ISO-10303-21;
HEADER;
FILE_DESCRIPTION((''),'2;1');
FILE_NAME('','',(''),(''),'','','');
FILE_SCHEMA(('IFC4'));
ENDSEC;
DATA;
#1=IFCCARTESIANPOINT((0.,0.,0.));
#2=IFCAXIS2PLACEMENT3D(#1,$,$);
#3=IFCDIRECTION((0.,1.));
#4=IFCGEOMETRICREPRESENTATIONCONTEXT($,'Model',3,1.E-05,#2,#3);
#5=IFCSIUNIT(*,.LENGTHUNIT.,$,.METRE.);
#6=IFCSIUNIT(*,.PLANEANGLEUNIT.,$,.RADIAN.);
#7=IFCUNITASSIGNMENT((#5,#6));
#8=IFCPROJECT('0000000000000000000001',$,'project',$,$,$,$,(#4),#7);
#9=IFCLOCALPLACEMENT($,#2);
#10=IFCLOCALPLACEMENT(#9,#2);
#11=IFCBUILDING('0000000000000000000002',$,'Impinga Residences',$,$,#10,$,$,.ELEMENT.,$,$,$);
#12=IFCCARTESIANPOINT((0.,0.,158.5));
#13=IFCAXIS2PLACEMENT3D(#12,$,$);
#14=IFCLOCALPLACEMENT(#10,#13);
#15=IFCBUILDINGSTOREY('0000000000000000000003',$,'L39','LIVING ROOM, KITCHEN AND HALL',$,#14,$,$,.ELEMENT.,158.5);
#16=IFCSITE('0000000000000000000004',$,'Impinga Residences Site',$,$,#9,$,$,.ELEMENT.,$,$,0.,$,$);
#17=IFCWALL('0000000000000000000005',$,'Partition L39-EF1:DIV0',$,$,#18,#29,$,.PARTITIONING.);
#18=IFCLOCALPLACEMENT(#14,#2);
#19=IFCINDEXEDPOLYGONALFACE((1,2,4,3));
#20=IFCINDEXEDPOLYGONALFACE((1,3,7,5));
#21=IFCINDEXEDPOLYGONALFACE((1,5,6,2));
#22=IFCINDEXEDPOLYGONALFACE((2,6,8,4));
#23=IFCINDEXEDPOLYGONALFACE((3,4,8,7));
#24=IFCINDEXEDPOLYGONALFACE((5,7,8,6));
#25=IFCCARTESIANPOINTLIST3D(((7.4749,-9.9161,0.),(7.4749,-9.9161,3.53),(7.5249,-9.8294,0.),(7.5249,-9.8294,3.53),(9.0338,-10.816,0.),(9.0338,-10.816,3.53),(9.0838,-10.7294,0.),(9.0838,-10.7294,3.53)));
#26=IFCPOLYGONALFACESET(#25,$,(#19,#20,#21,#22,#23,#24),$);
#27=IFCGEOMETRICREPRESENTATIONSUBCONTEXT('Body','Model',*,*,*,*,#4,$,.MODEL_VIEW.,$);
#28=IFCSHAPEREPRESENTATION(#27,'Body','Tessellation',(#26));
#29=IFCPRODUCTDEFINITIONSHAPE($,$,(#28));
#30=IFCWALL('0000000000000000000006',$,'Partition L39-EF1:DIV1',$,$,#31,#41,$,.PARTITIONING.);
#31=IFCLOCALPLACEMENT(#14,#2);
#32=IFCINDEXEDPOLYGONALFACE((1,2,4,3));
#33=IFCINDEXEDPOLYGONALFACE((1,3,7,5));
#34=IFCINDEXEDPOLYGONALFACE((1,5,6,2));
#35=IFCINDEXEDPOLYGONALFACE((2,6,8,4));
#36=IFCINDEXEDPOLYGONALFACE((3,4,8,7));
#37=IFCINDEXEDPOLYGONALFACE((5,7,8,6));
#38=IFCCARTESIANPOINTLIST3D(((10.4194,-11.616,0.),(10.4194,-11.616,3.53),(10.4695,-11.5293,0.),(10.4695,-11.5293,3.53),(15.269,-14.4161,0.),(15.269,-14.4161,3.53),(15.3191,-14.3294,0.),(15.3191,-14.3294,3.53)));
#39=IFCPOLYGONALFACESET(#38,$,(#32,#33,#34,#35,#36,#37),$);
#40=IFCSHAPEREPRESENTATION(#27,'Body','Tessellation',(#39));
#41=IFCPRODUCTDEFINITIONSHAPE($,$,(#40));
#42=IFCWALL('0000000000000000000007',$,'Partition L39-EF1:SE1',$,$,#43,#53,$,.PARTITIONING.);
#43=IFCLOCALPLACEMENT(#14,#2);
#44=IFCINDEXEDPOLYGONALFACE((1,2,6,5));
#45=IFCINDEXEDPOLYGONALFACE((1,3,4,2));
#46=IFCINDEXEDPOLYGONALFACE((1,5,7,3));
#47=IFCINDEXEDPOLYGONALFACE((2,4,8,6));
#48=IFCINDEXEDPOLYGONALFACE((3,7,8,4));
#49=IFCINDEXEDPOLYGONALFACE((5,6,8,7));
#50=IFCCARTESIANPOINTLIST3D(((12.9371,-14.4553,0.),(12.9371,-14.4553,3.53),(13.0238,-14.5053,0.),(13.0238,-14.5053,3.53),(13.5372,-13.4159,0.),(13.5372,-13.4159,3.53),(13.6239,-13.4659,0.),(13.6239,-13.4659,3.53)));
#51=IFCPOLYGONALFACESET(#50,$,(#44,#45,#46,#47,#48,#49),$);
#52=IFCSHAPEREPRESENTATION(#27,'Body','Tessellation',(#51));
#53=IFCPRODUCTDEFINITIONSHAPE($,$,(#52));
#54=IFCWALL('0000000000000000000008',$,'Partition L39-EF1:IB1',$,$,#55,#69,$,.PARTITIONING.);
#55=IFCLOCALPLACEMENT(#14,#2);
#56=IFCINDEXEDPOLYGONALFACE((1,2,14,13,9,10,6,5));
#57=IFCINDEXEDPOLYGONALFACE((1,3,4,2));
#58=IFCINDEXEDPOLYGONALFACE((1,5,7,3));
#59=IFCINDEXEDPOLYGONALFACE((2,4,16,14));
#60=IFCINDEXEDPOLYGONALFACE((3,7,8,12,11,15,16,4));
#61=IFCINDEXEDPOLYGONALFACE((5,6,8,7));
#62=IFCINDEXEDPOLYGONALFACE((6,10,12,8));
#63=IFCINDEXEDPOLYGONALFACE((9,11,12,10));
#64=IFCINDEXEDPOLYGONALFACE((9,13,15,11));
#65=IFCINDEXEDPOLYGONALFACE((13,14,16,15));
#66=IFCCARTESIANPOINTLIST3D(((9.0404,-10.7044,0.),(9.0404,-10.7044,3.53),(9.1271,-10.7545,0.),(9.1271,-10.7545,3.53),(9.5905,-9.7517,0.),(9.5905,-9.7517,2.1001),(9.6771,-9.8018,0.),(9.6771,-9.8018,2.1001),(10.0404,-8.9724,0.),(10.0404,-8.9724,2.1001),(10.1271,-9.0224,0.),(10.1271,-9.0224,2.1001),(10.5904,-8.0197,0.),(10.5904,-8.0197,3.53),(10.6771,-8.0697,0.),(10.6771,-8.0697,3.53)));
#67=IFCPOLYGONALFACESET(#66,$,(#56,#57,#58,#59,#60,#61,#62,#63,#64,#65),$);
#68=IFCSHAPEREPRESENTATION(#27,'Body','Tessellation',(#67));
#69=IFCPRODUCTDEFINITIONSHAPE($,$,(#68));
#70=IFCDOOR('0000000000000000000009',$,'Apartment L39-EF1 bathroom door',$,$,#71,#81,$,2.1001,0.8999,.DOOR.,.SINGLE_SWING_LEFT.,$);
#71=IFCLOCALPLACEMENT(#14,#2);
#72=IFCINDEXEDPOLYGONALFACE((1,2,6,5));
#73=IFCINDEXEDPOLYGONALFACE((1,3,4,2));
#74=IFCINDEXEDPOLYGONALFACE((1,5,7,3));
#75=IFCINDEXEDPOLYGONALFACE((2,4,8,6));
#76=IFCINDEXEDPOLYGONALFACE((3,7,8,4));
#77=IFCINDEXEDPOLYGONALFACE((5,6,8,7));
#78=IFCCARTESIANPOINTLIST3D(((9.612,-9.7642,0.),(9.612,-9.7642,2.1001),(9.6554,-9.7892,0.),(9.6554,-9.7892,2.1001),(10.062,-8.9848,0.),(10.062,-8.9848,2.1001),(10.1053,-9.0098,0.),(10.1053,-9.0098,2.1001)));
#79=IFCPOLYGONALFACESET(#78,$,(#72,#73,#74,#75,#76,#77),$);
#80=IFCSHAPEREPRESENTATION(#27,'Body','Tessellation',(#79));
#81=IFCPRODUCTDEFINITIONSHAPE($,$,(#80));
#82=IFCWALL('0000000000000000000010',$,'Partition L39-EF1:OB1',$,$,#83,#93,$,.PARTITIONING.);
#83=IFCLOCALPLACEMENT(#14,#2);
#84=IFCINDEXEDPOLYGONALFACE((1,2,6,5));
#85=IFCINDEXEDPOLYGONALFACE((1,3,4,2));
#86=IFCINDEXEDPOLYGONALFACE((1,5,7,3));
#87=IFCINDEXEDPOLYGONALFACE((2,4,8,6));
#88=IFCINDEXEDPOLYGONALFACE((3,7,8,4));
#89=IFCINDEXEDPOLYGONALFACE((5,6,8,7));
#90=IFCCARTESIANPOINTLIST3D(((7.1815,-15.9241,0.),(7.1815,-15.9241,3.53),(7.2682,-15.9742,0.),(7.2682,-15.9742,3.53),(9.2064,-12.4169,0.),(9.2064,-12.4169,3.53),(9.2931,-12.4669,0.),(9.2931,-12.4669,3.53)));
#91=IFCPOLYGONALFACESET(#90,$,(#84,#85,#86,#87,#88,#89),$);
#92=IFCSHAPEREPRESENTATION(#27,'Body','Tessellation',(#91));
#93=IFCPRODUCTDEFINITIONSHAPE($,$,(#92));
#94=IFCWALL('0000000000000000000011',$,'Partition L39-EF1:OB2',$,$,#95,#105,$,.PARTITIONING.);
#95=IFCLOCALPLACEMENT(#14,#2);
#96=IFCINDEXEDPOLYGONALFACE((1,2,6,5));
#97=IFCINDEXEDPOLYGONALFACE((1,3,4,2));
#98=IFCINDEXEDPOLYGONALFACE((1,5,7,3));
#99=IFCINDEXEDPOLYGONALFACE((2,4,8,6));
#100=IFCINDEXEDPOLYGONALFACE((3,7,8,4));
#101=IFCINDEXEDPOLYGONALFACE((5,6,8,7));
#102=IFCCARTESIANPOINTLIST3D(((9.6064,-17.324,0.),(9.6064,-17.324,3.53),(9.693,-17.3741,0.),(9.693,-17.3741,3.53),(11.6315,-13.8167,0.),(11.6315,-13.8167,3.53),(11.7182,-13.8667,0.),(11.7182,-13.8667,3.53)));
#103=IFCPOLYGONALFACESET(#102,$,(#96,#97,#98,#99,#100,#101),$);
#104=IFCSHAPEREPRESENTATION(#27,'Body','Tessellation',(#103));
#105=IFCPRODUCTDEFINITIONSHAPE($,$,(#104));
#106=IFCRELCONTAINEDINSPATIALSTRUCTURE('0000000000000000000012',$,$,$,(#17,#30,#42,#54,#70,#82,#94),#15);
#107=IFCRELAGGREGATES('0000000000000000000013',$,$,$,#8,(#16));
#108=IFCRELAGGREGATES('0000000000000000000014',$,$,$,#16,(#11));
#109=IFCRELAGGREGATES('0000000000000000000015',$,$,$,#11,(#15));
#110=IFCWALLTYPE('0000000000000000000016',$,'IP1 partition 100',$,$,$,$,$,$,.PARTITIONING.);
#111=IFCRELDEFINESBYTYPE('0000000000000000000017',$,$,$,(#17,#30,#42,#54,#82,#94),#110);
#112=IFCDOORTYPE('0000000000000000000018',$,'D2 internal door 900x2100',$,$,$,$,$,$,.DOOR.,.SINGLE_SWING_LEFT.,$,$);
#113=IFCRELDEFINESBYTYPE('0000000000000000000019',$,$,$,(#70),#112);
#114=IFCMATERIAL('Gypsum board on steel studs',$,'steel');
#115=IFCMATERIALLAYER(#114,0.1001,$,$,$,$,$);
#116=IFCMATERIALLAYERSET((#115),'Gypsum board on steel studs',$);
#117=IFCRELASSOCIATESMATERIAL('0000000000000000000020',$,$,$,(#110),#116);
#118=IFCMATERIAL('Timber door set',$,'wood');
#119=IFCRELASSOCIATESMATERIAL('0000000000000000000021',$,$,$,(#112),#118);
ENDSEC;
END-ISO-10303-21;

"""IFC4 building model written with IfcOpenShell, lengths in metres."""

from ifc_helpers import new_model, si_unit, direction, frame, frame_2d, origin, place, context, subcontext, project, spatial, rectangle, extrude, material, layer, layer_set, type_object, element, fill, save


model = new_model("IFC4")

# Units and contexts
model_context = context("Model", 3, precision=1e-05, world=origin(), true_north=direction((0.0, 1.0)))
body_context = subcontext(model_context, "Body", "Model", "MODEL_VIEW")
ifc_project = project(units=[si_unit("LENGTHUNIT", "METRE"), si_unit("PLANEANGLEUNIT", "RADIAN")], contexts=[model_context])

# Site, building, storey
site_placement = place(None, origin())
site = spatial("IfcSite", under=ifc_project, at=site_placement, Name="Impinga Residences Site", CompositionType="ELEMENT", RefElevation=0.0)
building_placement = place(site_placement, origin())
building = spatial("IfcBuilding", under=site, at=building_placement, Name="Impinga Residences", CompositionType="ELEMENT")
storey_placement = place(building_placement, frame((0.0, 0.0, 158.5)))
storey = spatial("IfcBuildingStorey", under=building, at=storey_placement, Name="L39", Description="LIVING ROOM, KITCHEN AND HALL", CompositionType="ELEMENT", Elevation=158.5)

# Shared definitions
ifc_material_1 = material(Name="Timber door set", Category="wood")

# Shared definitions
ifc_material_2 = material(Name="Gypsum board on steel studs", Category="steel")
ifc_layer_1 = layer(ifc_material_2, 0.1001)
ifc_layer_set_1 = layer_set([ifc_layer_1], Name="Gypsum board on steel studs")
wall_type_1 = type_object("IfcWallType", Name="IP1 partition 100", PredefinedType="PARTITIONING", material=ifc_layer_set_1)
door_type_1 = type_object("IfcDoorType", Name="D2 internal door 900x2100", OperationType="SINGLE_SWING_LEFT", PredefinedType="DOOR", material=ifc_material_1)

# Walls
wall_1_placement = place(storey_placement, frame((7.5, -9.8728, 0.0), z_axis=(0.0, 0.0, 1.0), x_axis=(0.866048, -0.499961, 0.0)))
element("IfcWall", 1, at=wall_1_placement, inside=storey, type_object=wall_type_1, Name="Partition L39-EF1:DIV0", PredefinedType="PARTITIONING", context=body_context, shape_type="SweptSolid", body=[
    extrude(rectangle(XDim=1.8, YDim=0.1001, at=frame_2d((0.8999, 0.0))), origin(), (0.0, 0.0, 1.0), 3.53),
])
wall_2_placement = place(storey_placement, frame((10.4446, -11.5728, 0.0), z_axis=(0.0, 0.0, 1.0), x_axis=(0.866016, -0.500017, 0.0)))
element("IfcWall", 2, at=wall_2_placement, inside=storey, type_object=wall_type_1, Name="Partition L39-EF1:DIV1", PredefinedType="PARTITIONING", context=body_context, shape_type="SweptSolid", body=[
    extrude(rectangle(XDim=5.5999, YDim=0.1001, at=frame_2d((2.7998, 0.0))), origin(), (0.0, 0.0, 1.0), 3.53),
])
wall_3_placement = place(storey_placement, frame((13.5806, -13.4409, 0.0), z_axis=(0.0, 0.0, 1.0), x_axis=(-0.500034, -0.866006, 0.0)))
element("IfcWall", 3, at=wall_3_placement, inside=storey, type_object=wall_type_1, Name="Partition L39-EF1:SE1", PredefinedType="PARTITIONING", context=body_context, shape_type="SweptSolid", body=[
    extrude(rectangle(XDim=1.2002, YDim=0.1001, at=frame_2d((0.6001, 0.0))), origin(), (0.0, 0.0, 1.0), 3.53),
])

# Wall, opening, door
wall_4_placement = place(storey_placement, frame((10.6338, -8.0447, 0.0), z_axis=(0.0, 0.0, 1.0), x_axis=(-0.499993, -0.86603, 0.0)))
wall_4 = element("IfcWall", 4, at=wall_4_placement, inside=storey, type_object=wall_type_1, Name="Partition L39-EF1:IB1", PredefinedType="PARTITIONING", context=body_context, shape_type="SweptSolid", body=[
    extrude(rectangle(XDim=3.1001, YDim=0.1001, at=frame_2d((1.55, 0.0))), origin(), (0.0, 0.0, 1.0), 3.53),
])
opening_1_placement = place(wall_4_placement, frame((1.1001, 0.0, 0.0)))
opening_1 = element("IfcOpeningElement", 5, at=opening_1_placement, cuts=wall_4, PredefinedType="OPENING", context=body_context, shape_type="SweptSolid", body=[
    extrude(rectangle(XDim=0.8999, YDim=2.1001, at=frame_2d((0.45, 1.05))), frame((0.0, 0.0601, 0.0), z_axis=(0.0, -1.0, 0.0), x_axis=(1.0, 0.0, 0.0)), (0.0, 0.0, 1.0), 0.1201),
])
door_1_placement = place(opening_1_placement, origin())
door_1 = element("IfcDoor", 6, at=door_1_placement, inside=storey, type_object=door_type_1, Name="Apartment L39-EF1 bathroom door", OperationType="SINGLE_SWING_LEFT", OverallHeight=2.1001, OverallWidth=0.8999, PredefinedType="DOOR", context=body_context, shape_type="SweptSolid", body=[
    extrude(rectangle(XDim=0.8999, YDim=2.1001, at=frame_2d((0.45, 1.05))), frame((0.0, 0.0249, 0.0), z_axis=(0.0, -1.0, 0.0), x_axis=(1.0, 0.0, 0.0)), (0.0, 0.0, 1.0), 0.05),
])
fill(opening_1, door_1)

# Walls
wall_5_placement = place(storey_placement, frame((9.2498, -12.4419, 0.0), z_axis=(0.0, 0.0, 1.0), x_axis=(-0.49999, -0.866031, 0.0)))
element("IfcWall", 7, at=wall_5_placement, inside=storey, type_object=wall_type_1, Name="Partition L39-EF1:OB1", PredefinedType="PARTITIONING", context=body_context, shape_type="SweptSolid", body=[
    extrude(rectangle(XDim=4.0498, YDim=0.1001, at=frame_2d((2.0249, 0.0))), origin(), (0.0, 0.0, 1.0), 3.53),
])
wall_6_placement = place(storey_placement, frame((11.6748, -13.8418, 0.0), z_axis=(0.0, 0.0, 1.0), x_axis=(-0.500036, -0.866005, 0.0)))
element("IfcWall", 8, at=wall_6_placement, inside=storey, type_object=wall_type_1, Name="Partition L39-EF1:OB2", PredefinedType="PARTITIONING", context=body_context, shape_type="SweptSolid", body=[
    extrude(rectangle(XDim=4.05, YDim=0.1001, at=frame_2d((2.0249, 0.0))), origin(), (0.0, 0.0, 1.0), 3.53),
])

save(model, "model.ifc")
